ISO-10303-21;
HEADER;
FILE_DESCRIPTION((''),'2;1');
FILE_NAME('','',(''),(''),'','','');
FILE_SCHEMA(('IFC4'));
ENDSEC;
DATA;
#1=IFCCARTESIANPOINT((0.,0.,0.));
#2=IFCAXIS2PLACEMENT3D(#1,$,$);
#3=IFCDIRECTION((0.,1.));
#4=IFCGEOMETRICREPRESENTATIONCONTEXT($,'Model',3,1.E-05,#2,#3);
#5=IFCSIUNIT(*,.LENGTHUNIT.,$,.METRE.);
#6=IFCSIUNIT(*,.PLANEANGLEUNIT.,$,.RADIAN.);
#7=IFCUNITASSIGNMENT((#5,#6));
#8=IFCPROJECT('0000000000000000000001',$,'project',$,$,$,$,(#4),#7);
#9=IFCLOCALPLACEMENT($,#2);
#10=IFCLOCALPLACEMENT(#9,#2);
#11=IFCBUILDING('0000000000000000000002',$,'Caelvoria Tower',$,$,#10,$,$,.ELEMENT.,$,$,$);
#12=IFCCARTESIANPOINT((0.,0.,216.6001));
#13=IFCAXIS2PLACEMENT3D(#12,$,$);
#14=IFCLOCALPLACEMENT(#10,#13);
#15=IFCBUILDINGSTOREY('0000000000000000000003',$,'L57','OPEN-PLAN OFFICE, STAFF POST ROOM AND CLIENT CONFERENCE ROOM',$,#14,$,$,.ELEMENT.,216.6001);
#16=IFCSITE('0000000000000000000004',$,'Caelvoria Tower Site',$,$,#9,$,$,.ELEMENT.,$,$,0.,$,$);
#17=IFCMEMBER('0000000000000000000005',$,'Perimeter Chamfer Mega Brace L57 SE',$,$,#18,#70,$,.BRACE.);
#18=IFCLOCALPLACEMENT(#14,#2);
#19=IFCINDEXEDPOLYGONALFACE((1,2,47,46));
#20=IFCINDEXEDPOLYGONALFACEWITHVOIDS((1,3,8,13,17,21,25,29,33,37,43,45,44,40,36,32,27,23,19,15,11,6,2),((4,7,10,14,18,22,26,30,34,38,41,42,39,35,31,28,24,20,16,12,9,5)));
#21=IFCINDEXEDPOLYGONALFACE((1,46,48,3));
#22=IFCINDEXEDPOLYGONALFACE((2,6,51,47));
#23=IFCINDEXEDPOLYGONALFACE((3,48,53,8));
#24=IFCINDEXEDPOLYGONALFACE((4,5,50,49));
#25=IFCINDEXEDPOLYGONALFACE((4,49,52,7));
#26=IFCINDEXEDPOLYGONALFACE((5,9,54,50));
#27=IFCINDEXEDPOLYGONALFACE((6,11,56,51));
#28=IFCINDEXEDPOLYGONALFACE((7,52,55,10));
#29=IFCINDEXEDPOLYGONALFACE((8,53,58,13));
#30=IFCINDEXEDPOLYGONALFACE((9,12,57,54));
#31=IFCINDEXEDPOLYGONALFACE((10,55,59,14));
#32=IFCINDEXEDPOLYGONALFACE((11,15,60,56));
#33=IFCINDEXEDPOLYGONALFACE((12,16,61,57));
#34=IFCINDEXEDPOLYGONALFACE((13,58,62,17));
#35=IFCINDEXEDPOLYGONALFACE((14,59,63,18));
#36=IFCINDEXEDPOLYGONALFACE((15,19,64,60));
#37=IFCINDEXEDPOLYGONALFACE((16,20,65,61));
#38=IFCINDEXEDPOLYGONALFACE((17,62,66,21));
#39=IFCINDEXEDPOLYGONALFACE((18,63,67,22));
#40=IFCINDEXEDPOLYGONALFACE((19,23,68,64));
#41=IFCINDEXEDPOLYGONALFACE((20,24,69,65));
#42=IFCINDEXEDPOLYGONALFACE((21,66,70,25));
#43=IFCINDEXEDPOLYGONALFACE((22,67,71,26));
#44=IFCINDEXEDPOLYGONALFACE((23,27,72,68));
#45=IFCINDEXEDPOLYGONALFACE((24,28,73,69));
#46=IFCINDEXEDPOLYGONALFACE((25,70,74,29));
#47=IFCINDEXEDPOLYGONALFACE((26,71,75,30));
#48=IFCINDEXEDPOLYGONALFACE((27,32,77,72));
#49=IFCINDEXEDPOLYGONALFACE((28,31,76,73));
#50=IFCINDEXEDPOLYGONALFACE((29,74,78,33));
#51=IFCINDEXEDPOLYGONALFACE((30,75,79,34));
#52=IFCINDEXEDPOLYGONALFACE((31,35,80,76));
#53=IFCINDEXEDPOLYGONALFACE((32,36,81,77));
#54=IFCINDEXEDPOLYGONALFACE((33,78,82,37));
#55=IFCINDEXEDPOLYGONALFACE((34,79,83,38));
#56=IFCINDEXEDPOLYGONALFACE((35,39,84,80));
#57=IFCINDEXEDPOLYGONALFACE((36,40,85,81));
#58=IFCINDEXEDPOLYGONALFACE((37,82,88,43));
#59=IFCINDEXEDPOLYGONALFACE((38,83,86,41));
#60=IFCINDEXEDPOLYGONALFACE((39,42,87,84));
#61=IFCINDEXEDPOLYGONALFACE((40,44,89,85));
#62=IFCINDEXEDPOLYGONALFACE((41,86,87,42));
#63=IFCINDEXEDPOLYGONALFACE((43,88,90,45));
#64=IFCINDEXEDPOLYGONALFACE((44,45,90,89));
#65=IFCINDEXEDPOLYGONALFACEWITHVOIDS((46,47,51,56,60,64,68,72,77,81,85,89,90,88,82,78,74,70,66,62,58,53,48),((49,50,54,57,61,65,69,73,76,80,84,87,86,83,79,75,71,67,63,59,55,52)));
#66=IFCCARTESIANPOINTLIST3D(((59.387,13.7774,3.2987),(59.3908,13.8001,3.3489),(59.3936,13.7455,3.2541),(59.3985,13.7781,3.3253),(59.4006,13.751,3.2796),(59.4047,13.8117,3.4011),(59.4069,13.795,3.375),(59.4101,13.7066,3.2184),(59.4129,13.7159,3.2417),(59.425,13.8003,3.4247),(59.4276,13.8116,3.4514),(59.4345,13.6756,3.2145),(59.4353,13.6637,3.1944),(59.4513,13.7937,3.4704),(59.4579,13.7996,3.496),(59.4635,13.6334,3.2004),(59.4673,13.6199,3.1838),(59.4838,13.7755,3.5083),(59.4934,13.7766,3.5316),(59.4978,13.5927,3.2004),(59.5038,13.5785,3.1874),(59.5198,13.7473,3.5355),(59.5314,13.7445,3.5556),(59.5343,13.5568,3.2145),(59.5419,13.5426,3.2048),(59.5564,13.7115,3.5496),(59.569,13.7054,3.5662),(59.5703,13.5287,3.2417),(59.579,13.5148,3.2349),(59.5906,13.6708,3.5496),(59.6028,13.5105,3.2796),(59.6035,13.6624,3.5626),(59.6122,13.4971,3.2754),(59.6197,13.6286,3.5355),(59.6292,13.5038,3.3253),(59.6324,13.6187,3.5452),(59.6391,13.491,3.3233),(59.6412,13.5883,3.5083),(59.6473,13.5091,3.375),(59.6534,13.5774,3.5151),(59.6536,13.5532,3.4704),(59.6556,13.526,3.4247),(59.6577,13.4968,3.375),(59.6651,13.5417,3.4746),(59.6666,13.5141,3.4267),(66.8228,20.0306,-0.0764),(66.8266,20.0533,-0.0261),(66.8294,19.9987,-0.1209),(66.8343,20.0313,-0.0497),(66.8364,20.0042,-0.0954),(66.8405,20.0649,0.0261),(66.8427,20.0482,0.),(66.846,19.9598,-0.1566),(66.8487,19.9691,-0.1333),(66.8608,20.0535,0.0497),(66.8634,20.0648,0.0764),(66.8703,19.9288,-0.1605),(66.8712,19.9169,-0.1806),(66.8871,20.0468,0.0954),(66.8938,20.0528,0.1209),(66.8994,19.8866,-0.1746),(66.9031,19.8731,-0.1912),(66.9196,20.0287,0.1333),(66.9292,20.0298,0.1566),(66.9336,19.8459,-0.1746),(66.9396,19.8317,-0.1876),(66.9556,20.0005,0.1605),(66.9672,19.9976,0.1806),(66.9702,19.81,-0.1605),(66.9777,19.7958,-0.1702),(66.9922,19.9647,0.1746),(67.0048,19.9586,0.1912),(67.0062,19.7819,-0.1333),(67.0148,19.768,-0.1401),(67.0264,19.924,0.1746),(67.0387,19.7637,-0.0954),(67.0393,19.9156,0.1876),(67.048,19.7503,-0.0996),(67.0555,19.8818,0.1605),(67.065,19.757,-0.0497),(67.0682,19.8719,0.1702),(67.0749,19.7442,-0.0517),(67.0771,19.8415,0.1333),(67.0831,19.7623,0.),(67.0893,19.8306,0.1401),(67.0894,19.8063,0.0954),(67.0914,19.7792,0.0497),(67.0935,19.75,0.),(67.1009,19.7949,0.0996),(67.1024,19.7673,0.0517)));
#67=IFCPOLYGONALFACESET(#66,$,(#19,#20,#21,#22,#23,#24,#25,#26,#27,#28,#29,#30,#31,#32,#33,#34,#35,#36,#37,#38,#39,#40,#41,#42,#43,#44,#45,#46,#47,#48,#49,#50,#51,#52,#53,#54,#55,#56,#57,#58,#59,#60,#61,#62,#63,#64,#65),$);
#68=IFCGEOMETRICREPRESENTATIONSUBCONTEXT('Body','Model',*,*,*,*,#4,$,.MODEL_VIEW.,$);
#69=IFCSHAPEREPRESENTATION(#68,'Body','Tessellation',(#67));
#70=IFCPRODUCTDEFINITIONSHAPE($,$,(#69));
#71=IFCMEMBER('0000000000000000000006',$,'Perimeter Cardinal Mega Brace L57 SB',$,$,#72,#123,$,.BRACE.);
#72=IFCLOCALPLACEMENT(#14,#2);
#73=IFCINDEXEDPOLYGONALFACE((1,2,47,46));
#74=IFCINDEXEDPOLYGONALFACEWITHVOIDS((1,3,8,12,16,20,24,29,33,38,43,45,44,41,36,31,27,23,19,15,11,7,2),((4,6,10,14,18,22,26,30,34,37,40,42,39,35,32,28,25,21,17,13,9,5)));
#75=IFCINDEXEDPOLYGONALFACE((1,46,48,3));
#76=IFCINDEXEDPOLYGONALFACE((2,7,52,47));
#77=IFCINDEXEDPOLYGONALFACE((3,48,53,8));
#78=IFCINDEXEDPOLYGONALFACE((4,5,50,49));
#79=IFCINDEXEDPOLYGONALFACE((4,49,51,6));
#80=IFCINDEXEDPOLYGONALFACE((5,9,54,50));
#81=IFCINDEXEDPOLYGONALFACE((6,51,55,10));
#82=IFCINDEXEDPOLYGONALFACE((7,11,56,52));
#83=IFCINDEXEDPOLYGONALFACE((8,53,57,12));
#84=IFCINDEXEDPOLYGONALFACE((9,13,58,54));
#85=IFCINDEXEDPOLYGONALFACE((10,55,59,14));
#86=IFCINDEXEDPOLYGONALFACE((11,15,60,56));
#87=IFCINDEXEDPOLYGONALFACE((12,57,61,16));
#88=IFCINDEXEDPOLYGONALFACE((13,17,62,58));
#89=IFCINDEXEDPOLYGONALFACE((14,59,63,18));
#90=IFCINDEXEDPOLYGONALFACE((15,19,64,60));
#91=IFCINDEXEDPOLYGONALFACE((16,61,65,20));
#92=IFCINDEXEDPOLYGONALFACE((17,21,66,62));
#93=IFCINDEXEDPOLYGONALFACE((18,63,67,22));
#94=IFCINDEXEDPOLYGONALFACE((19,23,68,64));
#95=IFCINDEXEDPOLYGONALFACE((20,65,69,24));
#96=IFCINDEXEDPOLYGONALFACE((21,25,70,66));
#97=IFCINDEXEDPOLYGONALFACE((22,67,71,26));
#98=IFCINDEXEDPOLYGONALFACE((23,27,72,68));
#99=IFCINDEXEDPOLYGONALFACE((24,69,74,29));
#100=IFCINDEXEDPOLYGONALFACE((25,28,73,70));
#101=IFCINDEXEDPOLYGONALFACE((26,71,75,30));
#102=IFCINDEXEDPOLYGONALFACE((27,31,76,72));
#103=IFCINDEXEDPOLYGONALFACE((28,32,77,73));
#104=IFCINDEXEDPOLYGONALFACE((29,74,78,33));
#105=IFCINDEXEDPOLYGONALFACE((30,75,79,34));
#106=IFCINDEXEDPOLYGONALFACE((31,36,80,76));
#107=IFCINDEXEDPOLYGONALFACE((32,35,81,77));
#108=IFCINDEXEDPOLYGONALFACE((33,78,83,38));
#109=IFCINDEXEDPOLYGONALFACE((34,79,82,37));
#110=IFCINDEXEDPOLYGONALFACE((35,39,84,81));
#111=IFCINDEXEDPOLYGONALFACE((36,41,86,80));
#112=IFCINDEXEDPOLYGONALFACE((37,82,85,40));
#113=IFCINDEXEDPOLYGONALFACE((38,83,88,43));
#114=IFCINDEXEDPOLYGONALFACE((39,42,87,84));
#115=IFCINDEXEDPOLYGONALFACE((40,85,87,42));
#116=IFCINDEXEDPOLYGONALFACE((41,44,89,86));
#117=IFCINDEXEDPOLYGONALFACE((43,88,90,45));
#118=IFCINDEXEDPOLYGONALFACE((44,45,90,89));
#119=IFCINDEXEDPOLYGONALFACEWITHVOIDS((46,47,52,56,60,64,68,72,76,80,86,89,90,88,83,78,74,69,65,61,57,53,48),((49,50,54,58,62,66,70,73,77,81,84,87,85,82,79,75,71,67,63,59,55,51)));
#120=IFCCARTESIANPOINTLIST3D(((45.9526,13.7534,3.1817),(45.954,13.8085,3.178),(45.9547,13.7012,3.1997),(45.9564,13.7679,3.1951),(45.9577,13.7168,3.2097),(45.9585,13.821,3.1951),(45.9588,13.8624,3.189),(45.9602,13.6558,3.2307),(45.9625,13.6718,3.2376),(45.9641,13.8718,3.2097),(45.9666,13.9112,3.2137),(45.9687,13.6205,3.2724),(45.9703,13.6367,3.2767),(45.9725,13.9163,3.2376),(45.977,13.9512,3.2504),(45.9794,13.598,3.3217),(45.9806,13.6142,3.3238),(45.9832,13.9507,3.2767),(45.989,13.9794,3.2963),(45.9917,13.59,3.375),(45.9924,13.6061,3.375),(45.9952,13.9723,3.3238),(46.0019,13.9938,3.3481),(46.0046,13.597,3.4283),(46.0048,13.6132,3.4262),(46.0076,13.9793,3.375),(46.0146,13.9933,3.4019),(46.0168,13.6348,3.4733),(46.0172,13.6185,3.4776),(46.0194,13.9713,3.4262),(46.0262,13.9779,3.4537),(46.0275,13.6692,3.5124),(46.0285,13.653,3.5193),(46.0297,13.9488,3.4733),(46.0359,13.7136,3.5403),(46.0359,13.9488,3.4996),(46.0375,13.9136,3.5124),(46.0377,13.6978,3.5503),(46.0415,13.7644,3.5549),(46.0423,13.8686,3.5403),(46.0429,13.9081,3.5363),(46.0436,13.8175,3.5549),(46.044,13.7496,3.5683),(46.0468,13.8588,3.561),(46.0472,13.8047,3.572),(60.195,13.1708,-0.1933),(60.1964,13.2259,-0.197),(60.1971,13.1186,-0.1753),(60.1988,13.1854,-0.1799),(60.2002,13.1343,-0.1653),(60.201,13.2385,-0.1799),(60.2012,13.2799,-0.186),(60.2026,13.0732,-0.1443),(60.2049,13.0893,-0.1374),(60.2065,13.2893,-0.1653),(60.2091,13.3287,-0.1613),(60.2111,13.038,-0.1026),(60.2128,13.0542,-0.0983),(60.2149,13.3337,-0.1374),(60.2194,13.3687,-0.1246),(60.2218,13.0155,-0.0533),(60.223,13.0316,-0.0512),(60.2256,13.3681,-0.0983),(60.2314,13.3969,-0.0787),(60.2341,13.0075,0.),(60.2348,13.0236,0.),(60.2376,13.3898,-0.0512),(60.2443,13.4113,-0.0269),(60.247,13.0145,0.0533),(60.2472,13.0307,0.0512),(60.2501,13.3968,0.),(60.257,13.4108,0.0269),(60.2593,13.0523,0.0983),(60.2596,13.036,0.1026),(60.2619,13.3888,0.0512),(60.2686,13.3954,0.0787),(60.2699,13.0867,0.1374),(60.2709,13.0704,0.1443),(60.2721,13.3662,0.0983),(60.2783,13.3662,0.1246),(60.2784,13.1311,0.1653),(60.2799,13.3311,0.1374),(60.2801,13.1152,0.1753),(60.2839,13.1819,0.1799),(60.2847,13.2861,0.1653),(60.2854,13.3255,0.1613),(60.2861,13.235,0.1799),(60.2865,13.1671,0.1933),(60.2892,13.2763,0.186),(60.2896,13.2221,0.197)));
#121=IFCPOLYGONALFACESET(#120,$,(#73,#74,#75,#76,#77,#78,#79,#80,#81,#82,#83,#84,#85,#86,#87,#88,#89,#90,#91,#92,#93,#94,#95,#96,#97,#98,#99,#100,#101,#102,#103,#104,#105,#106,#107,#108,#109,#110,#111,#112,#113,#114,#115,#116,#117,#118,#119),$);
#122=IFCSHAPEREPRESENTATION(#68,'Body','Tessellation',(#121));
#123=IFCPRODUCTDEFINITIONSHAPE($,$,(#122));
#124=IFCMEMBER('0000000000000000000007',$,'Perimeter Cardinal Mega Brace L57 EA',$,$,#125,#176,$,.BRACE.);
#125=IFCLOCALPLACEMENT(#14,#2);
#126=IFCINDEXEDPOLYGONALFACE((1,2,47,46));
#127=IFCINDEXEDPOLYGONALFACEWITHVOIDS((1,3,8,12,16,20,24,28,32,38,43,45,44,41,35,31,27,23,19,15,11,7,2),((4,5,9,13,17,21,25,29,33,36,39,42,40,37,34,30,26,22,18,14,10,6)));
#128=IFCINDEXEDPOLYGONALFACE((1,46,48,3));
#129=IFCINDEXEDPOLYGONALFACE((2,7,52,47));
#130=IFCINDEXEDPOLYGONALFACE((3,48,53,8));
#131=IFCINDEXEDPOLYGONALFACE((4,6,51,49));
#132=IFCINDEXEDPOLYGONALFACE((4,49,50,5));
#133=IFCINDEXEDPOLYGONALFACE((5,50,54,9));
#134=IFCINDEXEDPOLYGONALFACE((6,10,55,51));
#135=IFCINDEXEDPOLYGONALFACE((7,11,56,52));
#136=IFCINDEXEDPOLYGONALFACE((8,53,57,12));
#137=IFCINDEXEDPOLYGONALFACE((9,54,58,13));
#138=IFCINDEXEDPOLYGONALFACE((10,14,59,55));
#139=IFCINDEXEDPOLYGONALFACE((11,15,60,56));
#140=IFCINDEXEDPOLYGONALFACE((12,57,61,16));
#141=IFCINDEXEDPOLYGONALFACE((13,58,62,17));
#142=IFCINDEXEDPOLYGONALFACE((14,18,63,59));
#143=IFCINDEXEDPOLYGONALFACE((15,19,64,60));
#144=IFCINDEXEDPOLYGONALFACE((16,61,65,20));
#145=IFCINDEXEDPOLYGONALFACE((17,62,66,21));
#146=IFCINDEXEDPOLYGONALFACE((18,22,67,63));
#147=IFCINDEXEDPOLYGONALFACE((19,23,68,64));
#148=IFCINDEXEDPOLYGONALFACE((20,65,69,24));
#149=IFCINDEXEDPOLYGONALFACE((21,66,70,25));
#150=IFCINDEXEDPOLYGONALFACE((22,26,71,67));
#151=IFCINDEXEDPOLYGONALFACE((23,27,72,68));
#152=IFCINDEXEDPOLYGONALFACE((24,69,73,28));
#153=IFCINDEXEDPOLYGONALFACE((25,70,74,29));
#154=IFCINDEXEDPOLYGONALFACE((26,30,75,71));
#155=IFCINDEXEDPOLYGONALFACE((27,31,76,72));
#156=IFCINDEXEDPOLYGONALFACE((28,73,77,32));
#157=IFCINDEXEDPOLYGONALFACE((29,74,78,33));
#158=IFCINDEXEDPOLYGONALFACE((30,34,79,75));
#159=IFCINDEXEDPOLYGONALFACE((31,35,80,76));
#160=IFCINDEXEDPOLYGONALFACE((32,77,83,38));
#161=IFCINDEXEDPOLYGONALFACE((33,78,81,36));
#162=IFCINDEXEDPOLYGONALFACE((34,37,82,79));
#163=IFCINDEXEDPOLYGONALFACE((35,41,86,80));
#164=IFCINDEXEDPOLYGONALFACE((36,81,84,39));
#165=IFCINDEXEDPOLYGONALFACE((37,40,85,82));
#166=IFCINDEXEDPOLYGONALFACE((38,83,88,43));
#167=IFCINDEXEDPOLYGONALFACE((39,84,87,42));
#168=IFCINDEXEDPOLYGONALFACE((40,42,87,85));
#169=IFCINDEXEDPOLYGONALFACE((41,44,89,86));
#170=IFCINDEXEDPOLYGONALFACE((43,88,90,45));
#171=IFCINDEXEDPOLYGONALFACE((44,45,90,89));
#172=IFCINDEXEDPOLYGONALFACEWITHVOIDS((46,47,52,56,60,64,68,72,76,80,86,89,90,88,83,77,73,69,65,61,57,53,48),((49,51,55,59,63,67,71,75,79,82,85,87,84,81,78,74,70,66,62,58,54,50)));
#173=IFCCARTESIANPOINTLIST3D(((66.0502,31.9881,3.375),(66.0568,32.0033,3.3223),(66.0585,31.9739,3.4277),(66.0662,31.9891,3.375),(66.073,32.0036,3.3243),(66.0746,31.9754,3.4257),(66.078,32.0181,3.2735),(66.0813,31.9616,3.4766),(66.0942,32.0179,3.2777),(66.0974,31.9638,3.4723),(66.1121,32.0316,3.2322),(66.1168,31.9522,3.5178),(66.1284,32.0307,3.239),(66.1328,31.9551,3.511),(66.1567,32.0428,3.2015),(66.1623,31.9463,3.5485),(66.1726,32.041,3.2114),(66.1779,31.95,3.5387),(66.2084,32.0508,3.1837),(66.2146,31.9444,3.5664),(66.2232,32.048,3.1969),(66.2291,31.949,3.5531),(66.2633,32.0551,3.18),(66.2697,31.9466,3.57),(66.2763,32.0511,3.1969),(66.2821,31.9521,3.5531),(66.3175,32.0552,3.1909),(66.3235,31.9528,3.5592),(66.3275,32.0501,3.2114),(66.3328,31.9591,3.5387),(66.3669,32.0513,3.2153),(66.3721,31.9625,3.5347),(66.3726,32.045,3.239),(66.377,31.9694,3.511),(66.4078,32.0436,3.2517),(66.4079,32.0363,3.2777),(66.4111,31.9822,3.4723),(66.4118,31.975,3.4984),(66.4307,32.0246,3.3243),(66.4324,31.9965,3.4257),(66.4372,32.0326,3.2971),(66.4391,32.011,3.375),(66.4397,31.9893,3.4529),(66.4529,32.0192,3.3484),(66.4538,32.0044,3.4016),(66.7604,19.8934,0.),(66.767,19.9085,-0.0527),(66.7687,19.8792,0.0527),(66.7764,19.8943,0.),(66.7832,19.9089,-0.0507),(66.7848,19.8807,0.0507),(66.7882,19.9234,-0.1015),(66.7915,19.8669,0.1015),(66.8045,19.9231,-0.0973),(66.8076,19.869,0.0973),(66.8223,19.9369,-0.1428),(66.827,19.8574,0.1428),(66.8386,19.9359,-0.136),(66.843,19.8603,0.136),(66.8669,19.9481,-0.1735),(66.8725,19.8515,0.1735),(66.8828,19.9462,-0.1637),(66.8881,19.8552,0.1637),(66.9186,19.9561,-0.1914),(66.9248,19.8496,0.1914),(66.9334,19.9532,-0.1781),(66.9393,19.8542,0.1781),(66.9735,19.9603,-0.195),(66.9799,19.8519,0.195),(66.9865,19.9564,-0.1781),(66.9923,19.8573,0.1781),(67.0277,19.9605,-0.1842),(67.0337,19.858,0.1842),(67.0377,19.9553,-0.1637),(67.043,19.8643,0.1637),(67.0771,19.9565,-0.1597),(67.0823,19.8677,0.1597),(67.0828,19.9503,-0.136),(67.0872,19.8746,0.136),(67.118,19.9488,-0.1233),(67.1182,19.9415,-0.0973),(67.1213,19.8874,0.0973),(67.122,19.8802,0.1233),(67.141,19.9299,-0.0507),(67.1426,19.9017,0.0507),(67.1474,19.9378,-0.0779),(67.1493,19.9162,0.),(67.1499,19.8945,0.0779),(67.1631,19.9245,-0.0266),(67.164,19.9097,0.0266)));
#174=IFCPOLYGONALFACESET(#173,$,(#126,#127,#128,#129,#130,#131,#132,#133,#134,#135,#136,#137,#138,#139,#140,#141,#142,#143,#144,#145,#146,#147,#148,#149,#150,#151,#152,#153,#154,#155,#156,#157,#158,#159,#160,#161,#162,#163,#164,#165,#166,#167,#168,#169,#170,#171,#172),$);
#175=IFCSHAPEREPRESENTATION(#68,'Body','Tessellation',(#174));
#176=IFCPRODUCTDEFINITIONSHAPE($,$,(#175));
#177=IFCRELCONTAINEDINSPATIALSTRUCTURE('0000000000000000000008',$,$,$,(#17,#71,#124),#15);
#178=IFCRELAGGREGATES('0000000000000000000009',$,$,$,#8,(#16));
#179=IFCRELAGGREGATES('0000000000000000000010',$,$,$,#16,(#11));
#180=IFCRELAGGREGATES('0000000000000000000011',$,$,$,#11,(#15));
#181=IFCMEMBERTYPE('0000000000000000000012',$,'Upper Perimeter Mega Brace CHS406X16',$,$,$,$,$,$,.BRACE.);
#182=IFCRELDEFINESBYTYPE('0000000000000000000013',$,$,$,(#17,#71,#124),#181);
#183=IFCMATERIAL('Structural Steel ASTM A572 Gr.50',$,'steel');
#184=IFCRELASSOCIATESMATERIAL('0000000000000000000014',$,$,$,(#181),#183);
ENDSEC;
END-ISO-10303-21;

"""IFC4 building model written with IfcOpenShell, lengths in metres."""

from ifc_helpers import new_model, si_unit, direction, frame, origin, origin_2d, place, context, subcontext, project, spatial, hollow_circle, extrude, material, material_profile, profile_set, type_object, element, save


model = new_model("IFC4")

# Units and contexts
model_context = context("Model", 3, precision=1e-05, world=origin(), true_north=direction((0.0, 1.0)))
body_context = subcontext(model_context, "Body", "Model", "MODEL_VIEW")
ifc_project = project(units=[si_unit("LENGTHUNIT", "METRE"), si_unit("PLANEANGLEUNIT", "RADIAN")], contexts=[model_context])

# Site, building, storey
site_placement = place(None, origin())
site = spatial("IfcSite", under=ifc_project, at=site_placement, Name="Caelvoria Tower Site", CompositionType="ELEMENT", RefElevation=0.0)
building_placement = place(site_placement, origin())
building = spatial("IfcBuilding", under=site, at=building_placement, Name="Caelvoria Tower", CompositionType="ELEMENT")
storey_placement = place(building_placement, frame((0.0, 0.0, 216.6001)))
storey = spatial("IfcBuildingStorey", under=building, at=storey_placement, Name="L57", Description="OPEN-PLAN OFFICE, STAFF POST ROOM AND CLIENT CONFERENCE ROOM", CompositionType="ELEMENT", Elevation=216.6001)

# Shared definitions
ifc_material_1 = material(Name="Structural Steel ASTM A572 Gr.50", Category="steel")

# Members
ifc_material_profile_1 = material_profile(ifc_material_1, hollow_circle(Radius=0.2029, WallThickness=0.0161, at=origin_2d()), Name="Structural Steel ASTM A572 Gr.50")
ifc_profile_set_1 = profile_set([ifc_material_profile_1], Name="CHS406X16 - Structural Steel ASTM A572 Gr.50")
member_type = type_object("IfcMemberType", Name="Upper Perimeter Mega Brace CHS406X16", PredefinedType="BRACE", material=ifc_profile_set_1)
member_1_placement = place(storey_placement, frame((66.9629, 19.9053, 0.0), z_axis=(-0.722966, -0.607982, 0.328144), x_axis=(0.643621, -0.765344, 0.0)))
element("IfcMember", 1, at=member_1_placement, inside=storey, type_object=member_type, Name="Perimeter Chamfer Mega Brace L57 SE", PredefinedType="BRACE", context=body_context, shape_type="SweptSolid", body=[
    extrude(hollow_circle(Radius=0.2029, WallThickness=0.0161, at=origin_2d()), origin(), (0.0, 0.0, 1.0), 10.2852),
])
member_2_placement = place(storey_placement, frame((60.2424, 13.2102, 0.0), z_axis=(-0.972283, 0.039767, 0.2304), x_axis=(-0.040866, -0.999165, 0.0)))
element("IfcMember", 2, at=member_2_placement, inside=storey, type_object=member_type, Name="Perimeter Cardinal Mega Brace L57 SB", PredefinedType="BRACE", context=body_context, shape_type="SweptSolid", body=[
    extrude(hollow_circle(Radius=0.2029, WallThickness=0.0161, at=origin_2d()), origin(), (0.0, 0.0, 1.0), 14.6484),
])
member_3_placement = place(storey_placement, frame((66.9629, 19.9053, 0.0), z_axis=(-0.056469, 0.961665, 0.26835), x_axis=(-0.99828, -0.058619, 0.0)))
element("IfcMember", 3, at=member_3_placement, inside=storey, type_object=member_type, Name="Perimeter Cardinal Mega Brace L57 EA", PredefinedType="BRACE", context=body_context, shape_type="SweptSolid", body=[
    extrude(hollow_circle(Radius=0.2029, WallThickness=0.0161, at=origin_2d()), origin(), (0.0, 0.0, 1.0), 12.5769),
])

save(model, "model.ifc")
